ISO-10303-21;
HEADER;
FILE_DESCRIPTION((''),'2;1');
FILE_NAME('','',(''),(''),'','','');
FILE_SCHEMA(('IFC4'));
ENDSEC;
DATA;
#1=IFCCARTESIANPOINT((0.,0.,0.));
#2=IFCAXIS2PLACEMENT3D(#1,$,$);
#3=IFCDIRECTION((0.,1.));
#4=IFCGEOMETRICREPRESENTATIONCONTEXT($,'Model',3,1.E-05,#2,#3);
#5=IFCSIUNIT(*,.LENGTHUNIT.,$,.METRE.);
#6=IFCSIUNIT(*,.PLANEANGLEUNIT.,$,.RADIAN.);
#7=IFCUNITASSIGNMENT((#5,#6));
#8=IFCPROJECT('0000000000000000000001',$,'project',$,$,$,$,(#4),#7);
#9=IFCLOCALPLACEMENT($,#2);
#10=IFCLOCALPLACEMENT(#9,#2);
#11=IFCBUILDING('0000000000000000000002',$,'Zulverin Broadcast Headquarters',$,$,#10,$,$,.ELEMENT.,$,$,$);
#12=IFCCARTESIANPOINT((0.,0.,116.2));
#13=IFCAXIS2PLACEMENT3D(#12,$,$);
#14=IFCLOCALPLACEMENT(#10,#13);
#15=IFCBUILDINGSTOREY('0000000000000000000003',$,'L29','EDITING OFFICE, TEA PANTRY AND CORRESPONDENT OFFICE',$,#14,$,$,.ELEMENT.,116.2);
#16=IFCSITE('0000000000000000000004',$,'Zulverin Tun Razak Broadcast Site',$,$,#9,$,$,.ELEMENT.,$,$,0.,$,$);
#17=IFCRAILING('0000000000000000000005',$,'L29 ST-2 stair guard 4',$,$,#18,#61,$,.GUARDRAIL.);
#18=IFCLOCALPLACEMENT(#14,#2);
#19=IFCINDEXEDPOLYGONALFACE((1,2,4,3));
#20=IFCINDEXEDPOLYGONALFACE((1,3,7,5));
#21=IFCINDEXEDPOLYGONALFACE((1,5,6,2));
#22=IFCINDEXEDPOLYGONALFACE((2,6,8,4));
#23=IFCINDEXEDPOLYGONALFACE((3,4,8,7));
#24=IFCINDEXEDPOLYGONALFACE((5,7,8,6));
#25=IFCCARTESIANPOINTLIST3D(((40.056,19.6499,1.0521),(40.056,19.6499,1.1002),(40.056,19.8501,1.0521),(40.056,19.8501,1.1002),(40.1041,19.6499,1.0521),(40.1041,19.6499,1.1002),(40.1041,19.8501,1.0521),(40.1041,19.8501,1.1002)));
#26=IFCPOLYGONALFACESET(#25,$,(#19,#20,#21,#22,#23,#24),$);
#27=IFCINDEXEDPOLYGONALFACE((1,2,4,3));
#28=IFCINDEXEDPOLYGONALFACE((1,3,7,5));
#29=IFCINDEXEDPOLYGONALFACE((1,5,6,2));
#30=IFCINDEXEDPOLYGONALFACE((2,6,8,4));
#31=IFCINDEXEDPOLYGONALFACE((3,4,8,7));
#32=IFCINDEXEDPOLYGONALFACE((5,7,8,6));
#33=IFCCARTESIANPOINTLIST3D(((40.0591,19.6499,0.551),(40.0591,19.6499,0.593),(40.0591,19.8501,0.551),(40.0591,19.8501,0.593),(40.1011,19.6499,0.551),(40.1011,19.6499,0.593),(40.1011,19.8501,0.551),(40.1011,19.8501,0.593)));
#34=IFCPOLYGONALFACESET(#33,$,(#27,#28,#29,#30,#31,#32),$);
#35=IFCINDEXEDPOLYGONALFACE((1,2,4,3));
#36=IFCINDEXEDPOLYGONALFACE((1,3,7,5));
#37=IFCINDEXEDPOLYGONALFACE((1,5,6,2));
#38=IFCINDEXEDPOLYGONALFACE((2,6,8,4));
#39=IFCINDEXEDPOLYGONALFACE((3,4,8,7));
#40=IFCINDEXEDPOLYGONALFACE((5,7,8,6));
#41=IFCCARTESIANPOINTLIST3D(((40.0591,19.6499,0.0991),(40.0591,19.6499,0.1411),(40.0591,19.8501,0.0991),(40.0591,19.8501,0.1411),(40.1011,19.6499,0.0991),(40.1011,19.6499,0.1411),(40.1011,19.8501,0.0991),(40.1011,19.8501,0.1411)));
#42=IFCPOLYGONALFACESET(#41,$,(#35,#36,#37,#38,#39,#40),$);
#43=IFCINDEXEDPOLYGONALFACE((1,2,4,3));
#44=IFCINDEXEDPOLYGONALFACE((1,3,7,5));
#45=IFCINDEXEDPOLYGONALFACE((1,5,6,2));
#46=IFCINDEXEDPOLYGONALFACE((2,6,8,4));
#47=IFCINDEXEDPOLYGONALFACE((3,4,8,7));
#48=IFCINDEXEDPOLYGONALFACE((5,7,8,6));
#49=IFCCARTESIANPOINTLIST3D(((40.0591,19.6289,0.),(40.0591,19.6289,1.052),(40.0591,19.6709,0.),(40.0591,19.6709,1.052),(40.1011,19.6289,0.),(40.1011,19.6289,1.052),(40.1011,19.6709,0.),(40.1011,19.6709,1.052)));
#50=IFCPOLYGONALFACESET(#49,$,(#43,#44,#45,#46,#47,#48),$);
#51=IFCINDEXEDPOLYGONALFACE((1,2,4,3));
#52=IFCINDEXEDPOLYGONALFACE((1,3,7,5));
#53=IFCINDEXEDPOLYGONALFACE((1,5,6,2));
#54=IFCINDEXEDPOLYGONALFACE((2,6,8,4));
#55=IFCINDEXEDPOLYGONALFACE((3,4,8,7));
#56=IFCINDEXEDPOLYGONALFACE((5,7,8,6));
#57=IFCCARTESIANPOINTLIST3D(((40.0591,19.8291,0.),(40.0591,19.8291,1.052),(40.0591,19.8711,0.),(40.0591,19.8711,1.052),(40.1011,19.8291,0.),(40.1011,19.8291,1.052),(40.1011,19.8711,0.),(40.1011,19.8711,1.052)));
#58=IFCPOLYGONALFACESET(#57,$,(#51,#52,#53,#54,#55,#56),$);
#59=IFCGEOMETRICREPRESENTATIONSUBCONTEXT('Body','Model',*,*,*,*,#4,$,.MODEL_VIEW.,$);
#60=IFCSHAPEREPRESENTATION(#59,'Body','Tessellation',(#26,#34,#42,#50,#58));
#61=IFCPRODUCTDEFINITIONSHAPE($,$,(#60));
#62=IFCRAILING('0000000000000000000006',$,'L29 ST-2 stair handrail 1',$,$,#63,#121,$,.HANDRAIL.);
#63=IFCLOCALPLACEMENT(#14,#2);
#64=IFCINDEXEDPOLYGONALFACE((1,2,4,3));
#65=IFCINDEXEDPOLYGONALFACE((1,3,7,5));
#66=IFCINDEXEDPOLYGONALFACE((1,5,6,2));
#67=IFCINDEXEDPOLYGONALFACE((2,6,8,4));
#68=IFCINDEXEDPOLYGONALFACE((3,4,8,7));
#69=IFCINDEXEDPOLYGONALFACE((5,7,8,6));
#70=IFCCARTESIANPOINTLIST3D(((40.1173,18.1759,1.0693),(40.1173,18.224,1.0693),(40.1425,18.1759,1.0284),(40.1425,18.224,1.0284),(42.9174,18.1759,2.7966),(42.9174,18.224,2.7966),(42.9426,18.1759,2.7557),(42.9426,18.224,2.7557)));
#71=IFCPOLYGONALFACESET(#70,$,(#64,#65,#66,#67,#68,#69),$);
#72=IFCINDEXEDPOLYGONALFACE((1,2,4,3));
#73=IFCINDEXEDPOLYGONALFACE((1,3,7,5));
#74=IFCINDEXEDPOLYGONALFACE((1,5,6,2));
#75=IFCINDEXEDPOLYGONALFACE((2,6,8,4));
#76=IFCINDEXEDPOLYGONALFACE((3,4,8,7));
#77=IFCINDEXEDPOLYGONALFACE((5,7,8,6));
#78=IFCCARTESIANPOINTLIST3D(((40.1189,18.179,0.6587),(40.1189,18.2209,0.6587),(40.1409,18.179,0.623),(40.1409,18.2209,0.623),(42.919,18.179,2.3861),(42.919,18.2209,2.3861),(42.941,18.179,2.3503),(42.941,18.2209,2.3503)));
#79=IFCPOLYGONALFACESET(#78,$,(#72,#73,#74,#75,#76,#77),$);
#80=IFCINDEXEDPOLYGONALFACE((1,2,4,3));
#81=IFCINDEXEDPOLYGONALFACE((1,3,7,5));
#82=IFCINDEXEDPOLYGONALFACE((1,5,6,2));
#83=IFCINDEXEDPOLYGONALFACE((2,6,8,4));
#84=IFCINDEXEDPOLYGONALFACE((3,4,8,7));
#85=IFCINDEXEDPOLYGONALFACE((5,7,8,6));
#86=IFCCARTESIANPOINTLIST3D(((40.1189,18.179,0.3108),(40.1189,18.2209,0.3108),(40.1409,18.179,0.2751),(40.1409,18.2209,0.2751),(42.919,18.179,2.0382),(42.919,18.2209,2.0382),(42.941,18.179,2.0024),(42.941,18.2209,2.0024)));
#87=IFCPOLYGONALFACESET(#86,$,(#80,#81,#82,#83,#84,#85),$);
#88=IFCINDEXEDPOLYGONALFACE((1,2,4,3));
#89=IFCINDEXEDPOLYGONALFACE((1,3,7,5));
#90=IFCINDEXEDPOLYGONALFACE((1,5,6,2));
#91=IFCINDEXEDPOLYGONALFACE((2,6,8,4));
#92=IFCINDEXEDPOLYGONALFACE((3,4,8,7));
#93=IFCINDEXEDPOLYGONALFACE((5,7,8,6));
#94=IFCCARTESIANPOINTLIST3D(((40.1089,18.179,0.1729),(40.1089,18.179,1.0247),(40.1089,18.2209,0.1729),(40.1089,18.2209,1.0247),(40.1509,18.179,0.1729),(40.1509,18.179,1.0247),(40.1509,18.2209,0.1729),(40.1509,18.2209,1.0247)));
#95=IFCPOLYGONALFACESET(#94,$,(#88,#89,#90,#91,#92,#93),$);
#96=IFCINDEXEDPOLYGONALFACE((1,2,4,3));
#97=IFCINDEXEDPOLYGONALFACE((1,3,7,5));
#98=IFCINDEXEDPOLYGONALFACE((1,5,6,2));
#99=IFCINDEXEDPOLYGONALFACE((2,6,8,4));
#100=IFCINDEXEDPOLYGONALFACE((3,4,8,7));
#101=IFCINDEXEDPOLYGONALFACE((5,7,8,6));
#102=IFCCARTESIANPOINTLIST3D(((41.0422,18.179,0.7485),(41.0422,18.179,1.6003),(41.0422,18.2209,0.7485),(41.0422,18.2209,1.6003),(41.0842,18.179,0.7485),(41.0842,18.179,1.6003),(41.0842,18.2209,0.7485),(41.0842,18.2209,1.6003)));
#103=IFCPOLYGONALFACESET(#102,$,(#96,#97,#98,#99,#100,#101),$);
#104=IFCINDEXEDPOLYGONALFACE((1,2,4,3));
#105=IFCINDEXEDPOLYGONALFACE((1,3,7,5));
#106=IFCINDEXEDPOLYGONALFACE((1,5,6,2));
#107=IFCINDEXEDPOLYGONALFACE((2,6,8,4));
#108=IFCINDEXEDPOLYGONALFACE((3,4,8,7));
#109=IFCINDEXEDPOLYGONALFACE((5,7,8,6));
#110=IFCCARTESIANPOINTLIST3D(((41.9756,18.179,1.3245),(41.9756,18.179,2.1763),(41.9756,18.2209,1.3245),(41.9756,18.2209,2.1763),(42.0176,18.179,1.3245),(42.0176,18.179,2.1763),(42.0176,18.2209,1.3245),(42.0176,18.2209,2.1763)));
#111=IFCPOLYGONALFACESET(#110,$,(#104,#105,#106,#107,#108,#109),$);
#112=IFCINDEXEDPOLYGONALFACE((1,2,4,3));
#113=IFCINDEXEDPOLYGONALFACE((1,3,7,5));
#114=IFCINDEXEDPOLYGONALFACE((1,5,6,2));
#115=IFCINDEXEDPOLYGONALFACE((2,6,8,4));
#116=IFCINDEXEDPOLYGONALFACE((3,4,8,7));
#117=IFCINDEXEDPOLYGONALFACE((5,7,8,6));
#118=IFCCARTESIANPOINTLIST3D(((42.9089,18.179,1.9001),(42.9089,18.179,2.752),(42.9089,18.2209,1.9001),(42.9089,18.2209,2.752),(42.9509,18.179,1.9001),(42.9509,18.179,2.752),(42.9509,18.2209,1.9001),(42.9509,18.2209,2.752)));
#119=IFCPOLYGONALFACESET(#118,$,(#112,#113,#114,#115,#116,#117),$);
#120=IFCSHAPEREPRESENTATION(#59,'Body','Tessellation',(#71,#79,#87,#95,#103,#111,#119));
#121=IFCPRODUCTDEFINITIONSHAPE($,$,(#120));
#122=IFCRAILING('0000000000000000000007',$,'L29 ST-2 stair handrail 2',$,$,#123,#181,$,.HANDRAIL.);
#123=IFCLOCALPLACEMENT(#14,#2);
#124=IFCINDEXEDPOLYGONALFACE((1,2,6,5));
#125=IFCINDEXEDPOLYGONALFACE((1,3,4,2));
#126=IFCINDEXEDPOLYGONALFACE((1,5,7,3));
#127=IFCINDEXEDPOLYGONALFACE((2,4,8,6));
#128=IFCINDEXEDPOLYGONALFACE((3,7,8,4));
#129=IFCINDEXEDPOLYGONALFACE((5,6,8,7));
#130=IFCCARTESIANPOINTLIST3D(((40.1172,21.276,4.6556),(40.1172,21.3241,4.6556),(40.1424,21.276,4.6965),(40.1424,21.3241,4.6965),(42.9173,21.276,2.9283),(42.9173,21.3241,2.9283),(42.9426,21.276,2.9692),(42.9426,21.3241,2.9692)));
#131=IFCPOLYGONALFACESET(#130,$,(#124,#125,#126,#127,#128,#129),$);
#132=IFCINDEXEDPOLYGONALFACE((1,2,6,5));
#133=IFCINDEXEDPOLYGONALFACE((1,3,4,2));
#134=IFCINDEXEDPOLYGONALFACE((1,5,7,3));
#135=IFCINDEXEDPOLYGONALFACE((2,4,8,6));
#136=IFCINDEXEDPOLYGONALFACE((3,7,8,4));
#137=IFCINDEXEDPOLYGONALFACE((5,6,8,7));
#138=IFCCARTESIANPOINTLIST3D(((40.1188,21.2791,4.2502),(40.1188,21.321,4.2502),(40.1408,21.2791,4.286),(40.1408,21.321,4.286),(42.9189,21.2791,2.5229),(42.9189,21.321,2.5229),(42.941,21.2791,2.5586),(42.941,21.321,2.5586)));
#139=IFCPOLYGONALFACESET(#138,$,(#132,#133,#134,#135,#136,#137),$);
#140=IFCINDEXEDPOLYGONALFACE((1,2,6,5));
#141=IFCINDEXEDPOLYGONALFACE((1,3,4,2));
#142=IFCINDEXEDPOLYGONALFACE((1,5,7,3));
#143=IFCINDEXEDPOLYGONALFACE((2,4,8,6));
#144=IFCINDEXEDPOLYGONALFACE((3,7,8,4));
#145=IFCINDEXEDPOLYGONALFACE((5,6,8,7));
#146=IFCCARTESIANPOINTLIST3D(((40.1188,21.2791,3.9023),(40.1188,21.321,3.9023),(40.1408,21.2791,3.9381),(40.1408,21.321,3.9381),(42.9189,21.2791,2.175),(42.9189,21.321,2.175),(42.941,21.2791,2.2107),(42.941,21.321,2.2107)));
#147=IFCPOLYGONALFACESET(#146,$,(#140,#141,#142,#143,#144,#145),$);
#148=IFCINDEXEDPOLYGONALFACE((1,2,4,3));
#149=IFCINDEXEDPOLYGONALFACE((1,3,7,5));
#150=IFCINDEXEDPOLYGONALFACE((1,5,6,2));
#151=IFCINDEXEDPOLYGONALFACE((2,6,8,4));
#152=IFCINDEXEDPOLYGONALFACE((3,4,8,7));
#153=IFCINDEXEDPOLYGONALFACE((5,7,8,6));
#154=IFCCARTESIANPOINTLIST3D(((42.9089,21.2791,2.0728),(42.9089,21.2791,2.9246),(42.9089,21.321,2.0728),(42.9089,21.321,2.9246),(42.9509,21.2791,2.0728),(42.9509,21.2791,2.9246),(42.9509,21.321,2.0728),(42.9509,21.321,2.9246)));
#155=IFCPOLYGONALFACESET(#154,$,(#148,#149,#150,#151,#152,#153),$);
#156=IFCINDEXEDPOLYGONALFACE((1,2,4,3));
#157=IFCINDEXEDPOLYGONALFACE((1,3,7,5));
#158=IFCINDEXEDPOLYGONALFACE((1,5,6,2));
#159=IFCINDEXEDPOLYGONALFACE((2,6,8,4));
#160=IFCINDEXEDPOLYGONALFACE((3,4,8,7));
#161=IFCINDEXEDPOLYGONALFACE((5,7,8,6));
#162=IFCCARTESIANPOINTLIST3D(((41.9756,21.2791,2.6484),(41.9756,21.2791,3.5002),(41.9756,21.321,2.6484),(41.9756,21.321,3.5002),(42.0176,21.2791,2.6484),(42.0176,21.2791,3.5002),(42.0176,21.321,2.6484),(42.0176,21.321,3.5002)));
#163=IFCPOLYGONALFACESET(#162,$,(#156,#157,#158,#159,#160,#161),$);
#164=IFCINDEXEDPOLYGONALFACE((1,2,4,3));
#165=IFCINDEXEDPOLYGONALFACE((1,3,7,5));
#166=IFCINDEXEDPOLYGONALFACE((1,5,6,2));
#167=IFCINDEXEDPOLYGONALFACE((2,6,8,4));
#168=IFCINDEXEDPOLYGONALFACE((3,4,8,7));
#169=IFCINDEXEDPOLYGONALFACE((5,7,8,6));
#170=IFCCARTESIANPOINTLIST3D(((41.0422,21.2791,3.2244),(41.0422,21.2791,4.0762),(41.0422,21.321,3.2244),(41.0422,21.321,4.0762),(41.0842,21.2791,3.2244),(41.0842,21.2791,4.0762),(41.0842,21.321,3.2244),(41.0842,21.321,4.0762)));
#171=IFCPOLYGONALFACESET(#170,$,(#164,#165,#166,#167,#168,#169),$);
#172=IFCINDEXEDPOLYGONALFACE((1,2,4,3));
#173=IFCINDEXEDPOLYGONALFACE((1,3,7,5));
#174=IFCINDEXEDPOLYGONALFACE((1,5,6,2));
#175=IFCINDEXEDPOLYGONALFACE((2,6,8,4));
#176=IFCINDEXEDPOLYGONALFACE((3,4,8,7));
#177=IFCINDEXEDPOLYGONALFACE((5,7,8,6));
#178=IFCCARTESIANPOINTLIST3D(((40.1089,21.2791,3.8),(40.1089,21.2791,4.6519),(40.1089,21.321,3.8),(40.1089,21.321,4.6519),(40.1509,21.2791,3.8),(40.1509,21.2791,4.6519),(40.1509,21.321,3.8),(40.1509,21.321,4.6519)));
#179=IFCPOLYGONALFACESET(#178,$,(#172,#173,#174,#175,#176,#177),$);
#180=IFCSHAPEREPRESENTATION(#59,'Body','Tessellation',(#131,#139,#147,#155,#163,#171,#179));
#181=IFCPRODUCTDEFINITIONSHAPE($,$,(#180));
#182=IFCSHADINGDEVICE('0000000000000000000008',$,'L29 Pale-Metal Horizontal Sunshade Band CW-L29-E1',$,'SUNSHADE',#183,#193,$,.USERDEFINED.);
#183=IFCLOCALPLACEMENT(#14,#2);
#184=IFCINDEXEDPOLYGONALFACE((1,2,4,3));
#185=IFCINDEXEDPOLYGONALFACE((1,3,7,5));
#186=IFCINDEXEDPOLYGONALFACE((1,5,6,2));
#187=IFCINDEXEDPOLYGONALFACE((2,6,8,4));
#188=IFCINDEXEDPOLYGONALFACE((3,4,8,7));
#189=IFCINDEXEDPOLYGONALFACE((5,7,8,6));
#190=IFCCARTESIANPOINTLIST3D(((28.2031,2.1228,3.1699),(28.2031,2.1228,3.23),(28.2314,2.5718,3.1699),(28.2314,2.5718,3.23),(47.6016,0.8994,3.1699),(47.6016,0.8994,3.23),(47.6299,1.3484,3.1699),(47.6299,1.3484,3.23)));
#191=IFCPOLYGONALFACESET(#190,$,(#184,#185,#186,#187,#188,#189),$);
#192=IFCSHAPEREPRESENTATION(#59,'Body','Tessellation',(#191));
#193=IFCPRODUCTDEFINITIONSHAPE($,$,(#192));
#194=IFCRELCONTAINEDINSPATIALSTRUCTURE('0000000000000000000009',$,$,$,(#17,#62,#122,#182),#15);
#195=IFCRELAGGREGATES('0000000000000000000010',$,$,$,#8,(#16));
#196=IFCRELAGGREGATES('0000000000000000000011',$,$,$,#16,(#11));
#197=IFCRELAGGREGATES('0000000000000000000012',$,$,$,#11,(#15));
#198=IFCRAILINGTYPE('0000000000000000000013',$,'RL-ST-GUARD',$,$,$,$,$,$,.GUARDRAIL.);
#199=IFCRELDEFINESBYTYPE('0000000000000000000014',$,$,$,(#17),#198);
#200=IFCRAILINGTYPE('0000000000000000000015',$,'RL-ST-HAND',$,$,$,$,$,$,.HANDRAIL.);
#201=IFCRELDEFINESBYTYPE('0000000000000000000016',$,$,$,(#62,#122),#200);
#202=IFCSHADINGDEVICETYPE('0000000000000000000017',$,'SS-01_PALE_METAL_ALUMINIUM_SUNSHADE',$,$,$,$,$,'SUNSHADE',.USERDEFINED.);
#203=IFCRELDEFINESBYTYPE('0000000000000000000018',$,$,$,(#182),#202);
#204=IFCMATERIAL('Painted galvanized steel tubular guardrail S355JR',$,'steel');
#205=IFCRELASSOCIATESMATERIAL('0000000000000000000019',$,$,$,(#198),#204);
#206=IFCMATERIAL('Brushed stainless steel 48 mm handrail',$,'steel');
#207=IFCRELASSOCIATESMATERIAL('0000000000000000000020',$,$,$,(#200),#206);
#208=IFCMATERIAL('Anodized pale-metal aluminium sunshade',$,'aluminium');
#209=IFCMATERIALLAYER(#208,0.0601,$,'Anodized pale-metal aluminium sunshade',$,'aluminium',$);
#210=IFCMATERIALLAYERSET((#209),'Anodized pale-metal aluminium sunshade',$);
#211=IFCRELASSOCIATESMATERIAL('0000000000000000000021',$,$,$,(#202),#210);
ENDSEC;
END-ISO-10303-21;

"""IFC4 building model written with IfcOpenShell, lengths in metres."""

from ifc_helpers import new_model, si_unit, direction, frame, origin, origin_2d, place, context, subcontext, project, spatial, rectangle, extrude, material, layer, layer_set, type_object, element, save


model = new_model("IFC4")

# Units and contexts
model_context = context("Model", 3, precision=1e-05, world=origin(), true_north=direction((0.0, 1.0)))
body_context = subcontext(model_context, "Body", "Model", "MODEL_VIEW")
ifc_project = project(units=[si_unit("LENGTHUNIT", "METRE"), si_unit("PLANEANGLEUNIT", "RADIAN")], contexts=[model_context])

# Site, building, storey
site_placement = place(None, origin())
site = spatial("IfcSite", under=ifc_project, at=site_placement, Name="Zulverin Tun Razak Broadcast Site", CompositionType="ELEMENT", RefElevation=0.0)
building_placement = place(site_placement, origin())
building = spatial("IfcBuilding", under=site, at=building_placement, Name="Zulverin Broadcast Headquarters", CompositionType="ELEMENT")
storey_placement = place(building_placement, frame((0.0, 0.0, 116.2)))
storey = spatial("IfcBuildingStorey", under=building, at=storey_placement, Name="L29", Description="EDITING OFFICE, TEA PANTRY AND CORRESPONDENT OFFICE", CompositionType="ELEMENT", Elevation=116.2)

# Railings
ifc_material_1 = material(Name="Painted galvanized steel tubular guardrail S355JR", Category="steel")
railing_type_1 = type_object("IfcRailingType", Name="RL-ST-GUARD", PredefinedType="GUARDRAIL", material=ifc_material_1)
railing_1_placement = place(storey_placement, frame((40.0801, 19.6499, 0.0)))
element("IfcRailing", 1, at=railing_1_placement, inside=storey, type_object=railing_type_1, Name="L29 ST-2 stair guard 4", PredefinedType="GUARDRAIL", context=body_context, shape_type="SweptSolid", body=[
    extrude(rectangle(XDim=0.0481, YDim=0.0481, at=origin_2d()), frame((0.0, 0.0, 1.0762), z_axis=(0.0, 1.0, 0.0), x_axis=(-1.0, 0.0, 0.0)), (0.0, 0.0, 1.0), 0.2002),
    extrude(rectangle(XDim=0.042, YDim=0.042, at=origin_2d()), frame((0.0, 0.0, 0.572), z_axis=(0.0, 1.0, 0.0), x_axis=(-1.0, 0.0, 0.0)), (0.0, 0.0, 1.0), 0.2002),
    extrude(rectangle(XDim=0.042, YDim=0.042, at=origin_2d()), frame((0.0, 0.0, 0.1201), z_axis=(0.0, 1.0, 0.0), x_axis=(-1.0, 0.0, 0.0)), (0.0, 0.0, 1.0), 0.2002),
    extrude(rectangle(XDim=0.042, YDim=0.042, at=origin_2d()), origin(), (0.0, 0.0, 1.0), 1.052),
    extrude(rectangle(XDim=0.042, YDim=0.042, at=origin_2d()), frame((0.0, 0.2002, 0.0)), (0.0, 0.0, 1.0), 1.052),
])
ifc_material_2 = material(Name="Brushed stainless steel 48 mm handrail", Category="steel")
railing_type_2 = type_object("IfcRailingType", Name="RL-ST-HAND", PredefinedType="HANDRAIL", material=ifc_material_2)
railing_2_placement = place(storey_placement, frame((40.1299, 18.2, 0.1729)))
element("IfcRailing", 2, at=railing_2_placement, inside=storey, type_object=railing_type_2, Name="L29 ST-2 stair handrail 1", PredefinedType="HANDRAIL", context=body_context, shape_type="SweptSolid", body=[
    extrude(rectangle(XDim=0.0481, YDim=0.0481, at=origin_2d()), frame((0.0, 0.0, 0.876), z_axis=(0.85109, 0.0, 0.52502), x_axis=(0.0, 1.0, 0.0)), (0.0, 0.0, 1.0), 3.29),
    extrude(rectangle(XDim=0.042, YDim=0.042, at=origin_2d()), frame((0.0, 0.0, 0.468), z_axis=(0.85109, 0.0, 0.52502), x_axis=(0.0, 1.0, 0.0)), (0.0, 0.0, 1.0), 3.29),
    extrude(rectangle(XDim=0.042, YDim=0.042, at=origin_2d()), frame((0.0, 0.0, 0.1201), z_axis=(0.85109, 0.0, 0.52502), x_axis=(0.0, 1.0, 0.0)), (0.0, 0.0, 1.0), 3.29),
    extrude(rectangle(XDim=0.042, YDim=0.042, at=origin_2d()), origin(), (0.0, 0.0, 1.0), 0.8518),
    extrude(rectangle(XDim=0.042, YDim=0.042, at=origin_2d()), frame((0.9333, 0.0, 0.5757)), (0.0, 0.0, 1.0), 0.8518),
    extrude(rectangle(XDim=0.042, YDim=0.042, at=origin_2d()), frame((1.8667, 0.0, 1.1516)), (0.0, 0.0, 1.0), 0.8518),
    extrude(rectangle(XDim=0.042, YDim=0.042, at=origin_2d()), frame((2.8, 0.0, 1.7273)), (0.0, 0.0, 1.0), 0.8518),
])
railing_3_placement = place(storey_placement, frame((42.9299, 21.3, 2.0728)))
element("IfcRailing", 3, at=railing_3_placement, inside=storey, type_object=railing_type_2, Name="L29 ST-2 stair handrail 2", PredefinedType="HANDRAIL", context=body_context, shape_type="SweptSolid", body=[
    extrude(rectangle(XDim=0.0481, YDim=0.0481, at=origin_2d()), frame((0.0, 0.0, 0.876), z_axis=(-0.85109, 0.0, 0.52502), x_axis=(0.0, -1.0, 0.0)), (0.0, 0.0, 1.0), 3.29),
    extrude(rectangle(XDim=0.042, YDim=0.042, at=origin_2d()), frame((0.0, 0.0, 0.468), z_axis=(-0.85109, 0.0, 0.52502), x_axis=(0.0, -1.0, 0.0)), (0.0, 0.0, 1.0), 3.29),
    extrude(rectangle(XDim=0.042, YDim=0.042, at=origin_2d()), frame((0.0, 0.0, 0.1201), z_axis=(-0.85109, 0.0, 0.52502), x_axis=(0.0, -1.0, 0.0)), (0.0, 0.0, 1.0), 3.29),
    extrude(rectangle(XDim=0.042, YDim=0.042, at=origin_2d()), origin(), (0.0, 0.0, 1.0), 0.8518),
    extrude(rectangle(XDim=0.042, YDim=0.042, at=origin_2d()), frame((-0.9333, 0.0, 0.5757)), (0.0, 0.0, 1.0), 0.8518),
    extrude(rectangle(XDim=0.042, YDim=0.042, at=origin_2d()), frame((-1.8667, 0.0, 1.1516)), (0.0, 0.0, 1.0), 0.8518),
    extrude(rectangle(XDim=0.042, YDim=0.042, at=origin_2d()), frame((-2.8, 0.0, 1.7273)), (0.0, 0.0, 1.0), 0.8518),
])

# Shading device
ifc_material_3 = material(Name="Anodized pale-metal aluminium sunshade", Category="aluminium")
ifc_layer_1 = layer(ifc_material_3, 0.0601, Name="Anodized pale-metal aluminium sunshade", Category="aluminium")
ifc_layer_set_1 = layer_set([ifc_layer_1], Name="Anodized pale-metal aluminium sunshade")
shading_device_type = type_object("IfcShadingDeviceType", Name="SS-01_PALE_METAL_ALUMINIUM_SUNSHADE", ElementType="SUNSHADE", PredefinedType="USERDEFINED", material=ifc_layer_set_1)
shading_device_placement = place(storey_placement, frame((37.9165, 1.7356, 3.1699), z_axis=(0.0, 0.0, 1.0), x_axis=(0.998017, -0.062942, 0.0)))
element("IfcShadingDevice", 4, at=shading_device_placement, inside=storey, type_object=shading_device_type, Name="L29 Pale-Metal Horizontal Sunshade Band CW-L29-E1", ObjectType="SUNSHADE", PredefinedType="USERDEFINED", context=body_context, shape_type="SweptSolid", body=[
    extrude(rectangle(XDim=19.437, YDim=0.45, at=origin_2d()), origin(), (0.0, 0.0, 1.0), 0.0601),
])

save(model, "model.ifc")
